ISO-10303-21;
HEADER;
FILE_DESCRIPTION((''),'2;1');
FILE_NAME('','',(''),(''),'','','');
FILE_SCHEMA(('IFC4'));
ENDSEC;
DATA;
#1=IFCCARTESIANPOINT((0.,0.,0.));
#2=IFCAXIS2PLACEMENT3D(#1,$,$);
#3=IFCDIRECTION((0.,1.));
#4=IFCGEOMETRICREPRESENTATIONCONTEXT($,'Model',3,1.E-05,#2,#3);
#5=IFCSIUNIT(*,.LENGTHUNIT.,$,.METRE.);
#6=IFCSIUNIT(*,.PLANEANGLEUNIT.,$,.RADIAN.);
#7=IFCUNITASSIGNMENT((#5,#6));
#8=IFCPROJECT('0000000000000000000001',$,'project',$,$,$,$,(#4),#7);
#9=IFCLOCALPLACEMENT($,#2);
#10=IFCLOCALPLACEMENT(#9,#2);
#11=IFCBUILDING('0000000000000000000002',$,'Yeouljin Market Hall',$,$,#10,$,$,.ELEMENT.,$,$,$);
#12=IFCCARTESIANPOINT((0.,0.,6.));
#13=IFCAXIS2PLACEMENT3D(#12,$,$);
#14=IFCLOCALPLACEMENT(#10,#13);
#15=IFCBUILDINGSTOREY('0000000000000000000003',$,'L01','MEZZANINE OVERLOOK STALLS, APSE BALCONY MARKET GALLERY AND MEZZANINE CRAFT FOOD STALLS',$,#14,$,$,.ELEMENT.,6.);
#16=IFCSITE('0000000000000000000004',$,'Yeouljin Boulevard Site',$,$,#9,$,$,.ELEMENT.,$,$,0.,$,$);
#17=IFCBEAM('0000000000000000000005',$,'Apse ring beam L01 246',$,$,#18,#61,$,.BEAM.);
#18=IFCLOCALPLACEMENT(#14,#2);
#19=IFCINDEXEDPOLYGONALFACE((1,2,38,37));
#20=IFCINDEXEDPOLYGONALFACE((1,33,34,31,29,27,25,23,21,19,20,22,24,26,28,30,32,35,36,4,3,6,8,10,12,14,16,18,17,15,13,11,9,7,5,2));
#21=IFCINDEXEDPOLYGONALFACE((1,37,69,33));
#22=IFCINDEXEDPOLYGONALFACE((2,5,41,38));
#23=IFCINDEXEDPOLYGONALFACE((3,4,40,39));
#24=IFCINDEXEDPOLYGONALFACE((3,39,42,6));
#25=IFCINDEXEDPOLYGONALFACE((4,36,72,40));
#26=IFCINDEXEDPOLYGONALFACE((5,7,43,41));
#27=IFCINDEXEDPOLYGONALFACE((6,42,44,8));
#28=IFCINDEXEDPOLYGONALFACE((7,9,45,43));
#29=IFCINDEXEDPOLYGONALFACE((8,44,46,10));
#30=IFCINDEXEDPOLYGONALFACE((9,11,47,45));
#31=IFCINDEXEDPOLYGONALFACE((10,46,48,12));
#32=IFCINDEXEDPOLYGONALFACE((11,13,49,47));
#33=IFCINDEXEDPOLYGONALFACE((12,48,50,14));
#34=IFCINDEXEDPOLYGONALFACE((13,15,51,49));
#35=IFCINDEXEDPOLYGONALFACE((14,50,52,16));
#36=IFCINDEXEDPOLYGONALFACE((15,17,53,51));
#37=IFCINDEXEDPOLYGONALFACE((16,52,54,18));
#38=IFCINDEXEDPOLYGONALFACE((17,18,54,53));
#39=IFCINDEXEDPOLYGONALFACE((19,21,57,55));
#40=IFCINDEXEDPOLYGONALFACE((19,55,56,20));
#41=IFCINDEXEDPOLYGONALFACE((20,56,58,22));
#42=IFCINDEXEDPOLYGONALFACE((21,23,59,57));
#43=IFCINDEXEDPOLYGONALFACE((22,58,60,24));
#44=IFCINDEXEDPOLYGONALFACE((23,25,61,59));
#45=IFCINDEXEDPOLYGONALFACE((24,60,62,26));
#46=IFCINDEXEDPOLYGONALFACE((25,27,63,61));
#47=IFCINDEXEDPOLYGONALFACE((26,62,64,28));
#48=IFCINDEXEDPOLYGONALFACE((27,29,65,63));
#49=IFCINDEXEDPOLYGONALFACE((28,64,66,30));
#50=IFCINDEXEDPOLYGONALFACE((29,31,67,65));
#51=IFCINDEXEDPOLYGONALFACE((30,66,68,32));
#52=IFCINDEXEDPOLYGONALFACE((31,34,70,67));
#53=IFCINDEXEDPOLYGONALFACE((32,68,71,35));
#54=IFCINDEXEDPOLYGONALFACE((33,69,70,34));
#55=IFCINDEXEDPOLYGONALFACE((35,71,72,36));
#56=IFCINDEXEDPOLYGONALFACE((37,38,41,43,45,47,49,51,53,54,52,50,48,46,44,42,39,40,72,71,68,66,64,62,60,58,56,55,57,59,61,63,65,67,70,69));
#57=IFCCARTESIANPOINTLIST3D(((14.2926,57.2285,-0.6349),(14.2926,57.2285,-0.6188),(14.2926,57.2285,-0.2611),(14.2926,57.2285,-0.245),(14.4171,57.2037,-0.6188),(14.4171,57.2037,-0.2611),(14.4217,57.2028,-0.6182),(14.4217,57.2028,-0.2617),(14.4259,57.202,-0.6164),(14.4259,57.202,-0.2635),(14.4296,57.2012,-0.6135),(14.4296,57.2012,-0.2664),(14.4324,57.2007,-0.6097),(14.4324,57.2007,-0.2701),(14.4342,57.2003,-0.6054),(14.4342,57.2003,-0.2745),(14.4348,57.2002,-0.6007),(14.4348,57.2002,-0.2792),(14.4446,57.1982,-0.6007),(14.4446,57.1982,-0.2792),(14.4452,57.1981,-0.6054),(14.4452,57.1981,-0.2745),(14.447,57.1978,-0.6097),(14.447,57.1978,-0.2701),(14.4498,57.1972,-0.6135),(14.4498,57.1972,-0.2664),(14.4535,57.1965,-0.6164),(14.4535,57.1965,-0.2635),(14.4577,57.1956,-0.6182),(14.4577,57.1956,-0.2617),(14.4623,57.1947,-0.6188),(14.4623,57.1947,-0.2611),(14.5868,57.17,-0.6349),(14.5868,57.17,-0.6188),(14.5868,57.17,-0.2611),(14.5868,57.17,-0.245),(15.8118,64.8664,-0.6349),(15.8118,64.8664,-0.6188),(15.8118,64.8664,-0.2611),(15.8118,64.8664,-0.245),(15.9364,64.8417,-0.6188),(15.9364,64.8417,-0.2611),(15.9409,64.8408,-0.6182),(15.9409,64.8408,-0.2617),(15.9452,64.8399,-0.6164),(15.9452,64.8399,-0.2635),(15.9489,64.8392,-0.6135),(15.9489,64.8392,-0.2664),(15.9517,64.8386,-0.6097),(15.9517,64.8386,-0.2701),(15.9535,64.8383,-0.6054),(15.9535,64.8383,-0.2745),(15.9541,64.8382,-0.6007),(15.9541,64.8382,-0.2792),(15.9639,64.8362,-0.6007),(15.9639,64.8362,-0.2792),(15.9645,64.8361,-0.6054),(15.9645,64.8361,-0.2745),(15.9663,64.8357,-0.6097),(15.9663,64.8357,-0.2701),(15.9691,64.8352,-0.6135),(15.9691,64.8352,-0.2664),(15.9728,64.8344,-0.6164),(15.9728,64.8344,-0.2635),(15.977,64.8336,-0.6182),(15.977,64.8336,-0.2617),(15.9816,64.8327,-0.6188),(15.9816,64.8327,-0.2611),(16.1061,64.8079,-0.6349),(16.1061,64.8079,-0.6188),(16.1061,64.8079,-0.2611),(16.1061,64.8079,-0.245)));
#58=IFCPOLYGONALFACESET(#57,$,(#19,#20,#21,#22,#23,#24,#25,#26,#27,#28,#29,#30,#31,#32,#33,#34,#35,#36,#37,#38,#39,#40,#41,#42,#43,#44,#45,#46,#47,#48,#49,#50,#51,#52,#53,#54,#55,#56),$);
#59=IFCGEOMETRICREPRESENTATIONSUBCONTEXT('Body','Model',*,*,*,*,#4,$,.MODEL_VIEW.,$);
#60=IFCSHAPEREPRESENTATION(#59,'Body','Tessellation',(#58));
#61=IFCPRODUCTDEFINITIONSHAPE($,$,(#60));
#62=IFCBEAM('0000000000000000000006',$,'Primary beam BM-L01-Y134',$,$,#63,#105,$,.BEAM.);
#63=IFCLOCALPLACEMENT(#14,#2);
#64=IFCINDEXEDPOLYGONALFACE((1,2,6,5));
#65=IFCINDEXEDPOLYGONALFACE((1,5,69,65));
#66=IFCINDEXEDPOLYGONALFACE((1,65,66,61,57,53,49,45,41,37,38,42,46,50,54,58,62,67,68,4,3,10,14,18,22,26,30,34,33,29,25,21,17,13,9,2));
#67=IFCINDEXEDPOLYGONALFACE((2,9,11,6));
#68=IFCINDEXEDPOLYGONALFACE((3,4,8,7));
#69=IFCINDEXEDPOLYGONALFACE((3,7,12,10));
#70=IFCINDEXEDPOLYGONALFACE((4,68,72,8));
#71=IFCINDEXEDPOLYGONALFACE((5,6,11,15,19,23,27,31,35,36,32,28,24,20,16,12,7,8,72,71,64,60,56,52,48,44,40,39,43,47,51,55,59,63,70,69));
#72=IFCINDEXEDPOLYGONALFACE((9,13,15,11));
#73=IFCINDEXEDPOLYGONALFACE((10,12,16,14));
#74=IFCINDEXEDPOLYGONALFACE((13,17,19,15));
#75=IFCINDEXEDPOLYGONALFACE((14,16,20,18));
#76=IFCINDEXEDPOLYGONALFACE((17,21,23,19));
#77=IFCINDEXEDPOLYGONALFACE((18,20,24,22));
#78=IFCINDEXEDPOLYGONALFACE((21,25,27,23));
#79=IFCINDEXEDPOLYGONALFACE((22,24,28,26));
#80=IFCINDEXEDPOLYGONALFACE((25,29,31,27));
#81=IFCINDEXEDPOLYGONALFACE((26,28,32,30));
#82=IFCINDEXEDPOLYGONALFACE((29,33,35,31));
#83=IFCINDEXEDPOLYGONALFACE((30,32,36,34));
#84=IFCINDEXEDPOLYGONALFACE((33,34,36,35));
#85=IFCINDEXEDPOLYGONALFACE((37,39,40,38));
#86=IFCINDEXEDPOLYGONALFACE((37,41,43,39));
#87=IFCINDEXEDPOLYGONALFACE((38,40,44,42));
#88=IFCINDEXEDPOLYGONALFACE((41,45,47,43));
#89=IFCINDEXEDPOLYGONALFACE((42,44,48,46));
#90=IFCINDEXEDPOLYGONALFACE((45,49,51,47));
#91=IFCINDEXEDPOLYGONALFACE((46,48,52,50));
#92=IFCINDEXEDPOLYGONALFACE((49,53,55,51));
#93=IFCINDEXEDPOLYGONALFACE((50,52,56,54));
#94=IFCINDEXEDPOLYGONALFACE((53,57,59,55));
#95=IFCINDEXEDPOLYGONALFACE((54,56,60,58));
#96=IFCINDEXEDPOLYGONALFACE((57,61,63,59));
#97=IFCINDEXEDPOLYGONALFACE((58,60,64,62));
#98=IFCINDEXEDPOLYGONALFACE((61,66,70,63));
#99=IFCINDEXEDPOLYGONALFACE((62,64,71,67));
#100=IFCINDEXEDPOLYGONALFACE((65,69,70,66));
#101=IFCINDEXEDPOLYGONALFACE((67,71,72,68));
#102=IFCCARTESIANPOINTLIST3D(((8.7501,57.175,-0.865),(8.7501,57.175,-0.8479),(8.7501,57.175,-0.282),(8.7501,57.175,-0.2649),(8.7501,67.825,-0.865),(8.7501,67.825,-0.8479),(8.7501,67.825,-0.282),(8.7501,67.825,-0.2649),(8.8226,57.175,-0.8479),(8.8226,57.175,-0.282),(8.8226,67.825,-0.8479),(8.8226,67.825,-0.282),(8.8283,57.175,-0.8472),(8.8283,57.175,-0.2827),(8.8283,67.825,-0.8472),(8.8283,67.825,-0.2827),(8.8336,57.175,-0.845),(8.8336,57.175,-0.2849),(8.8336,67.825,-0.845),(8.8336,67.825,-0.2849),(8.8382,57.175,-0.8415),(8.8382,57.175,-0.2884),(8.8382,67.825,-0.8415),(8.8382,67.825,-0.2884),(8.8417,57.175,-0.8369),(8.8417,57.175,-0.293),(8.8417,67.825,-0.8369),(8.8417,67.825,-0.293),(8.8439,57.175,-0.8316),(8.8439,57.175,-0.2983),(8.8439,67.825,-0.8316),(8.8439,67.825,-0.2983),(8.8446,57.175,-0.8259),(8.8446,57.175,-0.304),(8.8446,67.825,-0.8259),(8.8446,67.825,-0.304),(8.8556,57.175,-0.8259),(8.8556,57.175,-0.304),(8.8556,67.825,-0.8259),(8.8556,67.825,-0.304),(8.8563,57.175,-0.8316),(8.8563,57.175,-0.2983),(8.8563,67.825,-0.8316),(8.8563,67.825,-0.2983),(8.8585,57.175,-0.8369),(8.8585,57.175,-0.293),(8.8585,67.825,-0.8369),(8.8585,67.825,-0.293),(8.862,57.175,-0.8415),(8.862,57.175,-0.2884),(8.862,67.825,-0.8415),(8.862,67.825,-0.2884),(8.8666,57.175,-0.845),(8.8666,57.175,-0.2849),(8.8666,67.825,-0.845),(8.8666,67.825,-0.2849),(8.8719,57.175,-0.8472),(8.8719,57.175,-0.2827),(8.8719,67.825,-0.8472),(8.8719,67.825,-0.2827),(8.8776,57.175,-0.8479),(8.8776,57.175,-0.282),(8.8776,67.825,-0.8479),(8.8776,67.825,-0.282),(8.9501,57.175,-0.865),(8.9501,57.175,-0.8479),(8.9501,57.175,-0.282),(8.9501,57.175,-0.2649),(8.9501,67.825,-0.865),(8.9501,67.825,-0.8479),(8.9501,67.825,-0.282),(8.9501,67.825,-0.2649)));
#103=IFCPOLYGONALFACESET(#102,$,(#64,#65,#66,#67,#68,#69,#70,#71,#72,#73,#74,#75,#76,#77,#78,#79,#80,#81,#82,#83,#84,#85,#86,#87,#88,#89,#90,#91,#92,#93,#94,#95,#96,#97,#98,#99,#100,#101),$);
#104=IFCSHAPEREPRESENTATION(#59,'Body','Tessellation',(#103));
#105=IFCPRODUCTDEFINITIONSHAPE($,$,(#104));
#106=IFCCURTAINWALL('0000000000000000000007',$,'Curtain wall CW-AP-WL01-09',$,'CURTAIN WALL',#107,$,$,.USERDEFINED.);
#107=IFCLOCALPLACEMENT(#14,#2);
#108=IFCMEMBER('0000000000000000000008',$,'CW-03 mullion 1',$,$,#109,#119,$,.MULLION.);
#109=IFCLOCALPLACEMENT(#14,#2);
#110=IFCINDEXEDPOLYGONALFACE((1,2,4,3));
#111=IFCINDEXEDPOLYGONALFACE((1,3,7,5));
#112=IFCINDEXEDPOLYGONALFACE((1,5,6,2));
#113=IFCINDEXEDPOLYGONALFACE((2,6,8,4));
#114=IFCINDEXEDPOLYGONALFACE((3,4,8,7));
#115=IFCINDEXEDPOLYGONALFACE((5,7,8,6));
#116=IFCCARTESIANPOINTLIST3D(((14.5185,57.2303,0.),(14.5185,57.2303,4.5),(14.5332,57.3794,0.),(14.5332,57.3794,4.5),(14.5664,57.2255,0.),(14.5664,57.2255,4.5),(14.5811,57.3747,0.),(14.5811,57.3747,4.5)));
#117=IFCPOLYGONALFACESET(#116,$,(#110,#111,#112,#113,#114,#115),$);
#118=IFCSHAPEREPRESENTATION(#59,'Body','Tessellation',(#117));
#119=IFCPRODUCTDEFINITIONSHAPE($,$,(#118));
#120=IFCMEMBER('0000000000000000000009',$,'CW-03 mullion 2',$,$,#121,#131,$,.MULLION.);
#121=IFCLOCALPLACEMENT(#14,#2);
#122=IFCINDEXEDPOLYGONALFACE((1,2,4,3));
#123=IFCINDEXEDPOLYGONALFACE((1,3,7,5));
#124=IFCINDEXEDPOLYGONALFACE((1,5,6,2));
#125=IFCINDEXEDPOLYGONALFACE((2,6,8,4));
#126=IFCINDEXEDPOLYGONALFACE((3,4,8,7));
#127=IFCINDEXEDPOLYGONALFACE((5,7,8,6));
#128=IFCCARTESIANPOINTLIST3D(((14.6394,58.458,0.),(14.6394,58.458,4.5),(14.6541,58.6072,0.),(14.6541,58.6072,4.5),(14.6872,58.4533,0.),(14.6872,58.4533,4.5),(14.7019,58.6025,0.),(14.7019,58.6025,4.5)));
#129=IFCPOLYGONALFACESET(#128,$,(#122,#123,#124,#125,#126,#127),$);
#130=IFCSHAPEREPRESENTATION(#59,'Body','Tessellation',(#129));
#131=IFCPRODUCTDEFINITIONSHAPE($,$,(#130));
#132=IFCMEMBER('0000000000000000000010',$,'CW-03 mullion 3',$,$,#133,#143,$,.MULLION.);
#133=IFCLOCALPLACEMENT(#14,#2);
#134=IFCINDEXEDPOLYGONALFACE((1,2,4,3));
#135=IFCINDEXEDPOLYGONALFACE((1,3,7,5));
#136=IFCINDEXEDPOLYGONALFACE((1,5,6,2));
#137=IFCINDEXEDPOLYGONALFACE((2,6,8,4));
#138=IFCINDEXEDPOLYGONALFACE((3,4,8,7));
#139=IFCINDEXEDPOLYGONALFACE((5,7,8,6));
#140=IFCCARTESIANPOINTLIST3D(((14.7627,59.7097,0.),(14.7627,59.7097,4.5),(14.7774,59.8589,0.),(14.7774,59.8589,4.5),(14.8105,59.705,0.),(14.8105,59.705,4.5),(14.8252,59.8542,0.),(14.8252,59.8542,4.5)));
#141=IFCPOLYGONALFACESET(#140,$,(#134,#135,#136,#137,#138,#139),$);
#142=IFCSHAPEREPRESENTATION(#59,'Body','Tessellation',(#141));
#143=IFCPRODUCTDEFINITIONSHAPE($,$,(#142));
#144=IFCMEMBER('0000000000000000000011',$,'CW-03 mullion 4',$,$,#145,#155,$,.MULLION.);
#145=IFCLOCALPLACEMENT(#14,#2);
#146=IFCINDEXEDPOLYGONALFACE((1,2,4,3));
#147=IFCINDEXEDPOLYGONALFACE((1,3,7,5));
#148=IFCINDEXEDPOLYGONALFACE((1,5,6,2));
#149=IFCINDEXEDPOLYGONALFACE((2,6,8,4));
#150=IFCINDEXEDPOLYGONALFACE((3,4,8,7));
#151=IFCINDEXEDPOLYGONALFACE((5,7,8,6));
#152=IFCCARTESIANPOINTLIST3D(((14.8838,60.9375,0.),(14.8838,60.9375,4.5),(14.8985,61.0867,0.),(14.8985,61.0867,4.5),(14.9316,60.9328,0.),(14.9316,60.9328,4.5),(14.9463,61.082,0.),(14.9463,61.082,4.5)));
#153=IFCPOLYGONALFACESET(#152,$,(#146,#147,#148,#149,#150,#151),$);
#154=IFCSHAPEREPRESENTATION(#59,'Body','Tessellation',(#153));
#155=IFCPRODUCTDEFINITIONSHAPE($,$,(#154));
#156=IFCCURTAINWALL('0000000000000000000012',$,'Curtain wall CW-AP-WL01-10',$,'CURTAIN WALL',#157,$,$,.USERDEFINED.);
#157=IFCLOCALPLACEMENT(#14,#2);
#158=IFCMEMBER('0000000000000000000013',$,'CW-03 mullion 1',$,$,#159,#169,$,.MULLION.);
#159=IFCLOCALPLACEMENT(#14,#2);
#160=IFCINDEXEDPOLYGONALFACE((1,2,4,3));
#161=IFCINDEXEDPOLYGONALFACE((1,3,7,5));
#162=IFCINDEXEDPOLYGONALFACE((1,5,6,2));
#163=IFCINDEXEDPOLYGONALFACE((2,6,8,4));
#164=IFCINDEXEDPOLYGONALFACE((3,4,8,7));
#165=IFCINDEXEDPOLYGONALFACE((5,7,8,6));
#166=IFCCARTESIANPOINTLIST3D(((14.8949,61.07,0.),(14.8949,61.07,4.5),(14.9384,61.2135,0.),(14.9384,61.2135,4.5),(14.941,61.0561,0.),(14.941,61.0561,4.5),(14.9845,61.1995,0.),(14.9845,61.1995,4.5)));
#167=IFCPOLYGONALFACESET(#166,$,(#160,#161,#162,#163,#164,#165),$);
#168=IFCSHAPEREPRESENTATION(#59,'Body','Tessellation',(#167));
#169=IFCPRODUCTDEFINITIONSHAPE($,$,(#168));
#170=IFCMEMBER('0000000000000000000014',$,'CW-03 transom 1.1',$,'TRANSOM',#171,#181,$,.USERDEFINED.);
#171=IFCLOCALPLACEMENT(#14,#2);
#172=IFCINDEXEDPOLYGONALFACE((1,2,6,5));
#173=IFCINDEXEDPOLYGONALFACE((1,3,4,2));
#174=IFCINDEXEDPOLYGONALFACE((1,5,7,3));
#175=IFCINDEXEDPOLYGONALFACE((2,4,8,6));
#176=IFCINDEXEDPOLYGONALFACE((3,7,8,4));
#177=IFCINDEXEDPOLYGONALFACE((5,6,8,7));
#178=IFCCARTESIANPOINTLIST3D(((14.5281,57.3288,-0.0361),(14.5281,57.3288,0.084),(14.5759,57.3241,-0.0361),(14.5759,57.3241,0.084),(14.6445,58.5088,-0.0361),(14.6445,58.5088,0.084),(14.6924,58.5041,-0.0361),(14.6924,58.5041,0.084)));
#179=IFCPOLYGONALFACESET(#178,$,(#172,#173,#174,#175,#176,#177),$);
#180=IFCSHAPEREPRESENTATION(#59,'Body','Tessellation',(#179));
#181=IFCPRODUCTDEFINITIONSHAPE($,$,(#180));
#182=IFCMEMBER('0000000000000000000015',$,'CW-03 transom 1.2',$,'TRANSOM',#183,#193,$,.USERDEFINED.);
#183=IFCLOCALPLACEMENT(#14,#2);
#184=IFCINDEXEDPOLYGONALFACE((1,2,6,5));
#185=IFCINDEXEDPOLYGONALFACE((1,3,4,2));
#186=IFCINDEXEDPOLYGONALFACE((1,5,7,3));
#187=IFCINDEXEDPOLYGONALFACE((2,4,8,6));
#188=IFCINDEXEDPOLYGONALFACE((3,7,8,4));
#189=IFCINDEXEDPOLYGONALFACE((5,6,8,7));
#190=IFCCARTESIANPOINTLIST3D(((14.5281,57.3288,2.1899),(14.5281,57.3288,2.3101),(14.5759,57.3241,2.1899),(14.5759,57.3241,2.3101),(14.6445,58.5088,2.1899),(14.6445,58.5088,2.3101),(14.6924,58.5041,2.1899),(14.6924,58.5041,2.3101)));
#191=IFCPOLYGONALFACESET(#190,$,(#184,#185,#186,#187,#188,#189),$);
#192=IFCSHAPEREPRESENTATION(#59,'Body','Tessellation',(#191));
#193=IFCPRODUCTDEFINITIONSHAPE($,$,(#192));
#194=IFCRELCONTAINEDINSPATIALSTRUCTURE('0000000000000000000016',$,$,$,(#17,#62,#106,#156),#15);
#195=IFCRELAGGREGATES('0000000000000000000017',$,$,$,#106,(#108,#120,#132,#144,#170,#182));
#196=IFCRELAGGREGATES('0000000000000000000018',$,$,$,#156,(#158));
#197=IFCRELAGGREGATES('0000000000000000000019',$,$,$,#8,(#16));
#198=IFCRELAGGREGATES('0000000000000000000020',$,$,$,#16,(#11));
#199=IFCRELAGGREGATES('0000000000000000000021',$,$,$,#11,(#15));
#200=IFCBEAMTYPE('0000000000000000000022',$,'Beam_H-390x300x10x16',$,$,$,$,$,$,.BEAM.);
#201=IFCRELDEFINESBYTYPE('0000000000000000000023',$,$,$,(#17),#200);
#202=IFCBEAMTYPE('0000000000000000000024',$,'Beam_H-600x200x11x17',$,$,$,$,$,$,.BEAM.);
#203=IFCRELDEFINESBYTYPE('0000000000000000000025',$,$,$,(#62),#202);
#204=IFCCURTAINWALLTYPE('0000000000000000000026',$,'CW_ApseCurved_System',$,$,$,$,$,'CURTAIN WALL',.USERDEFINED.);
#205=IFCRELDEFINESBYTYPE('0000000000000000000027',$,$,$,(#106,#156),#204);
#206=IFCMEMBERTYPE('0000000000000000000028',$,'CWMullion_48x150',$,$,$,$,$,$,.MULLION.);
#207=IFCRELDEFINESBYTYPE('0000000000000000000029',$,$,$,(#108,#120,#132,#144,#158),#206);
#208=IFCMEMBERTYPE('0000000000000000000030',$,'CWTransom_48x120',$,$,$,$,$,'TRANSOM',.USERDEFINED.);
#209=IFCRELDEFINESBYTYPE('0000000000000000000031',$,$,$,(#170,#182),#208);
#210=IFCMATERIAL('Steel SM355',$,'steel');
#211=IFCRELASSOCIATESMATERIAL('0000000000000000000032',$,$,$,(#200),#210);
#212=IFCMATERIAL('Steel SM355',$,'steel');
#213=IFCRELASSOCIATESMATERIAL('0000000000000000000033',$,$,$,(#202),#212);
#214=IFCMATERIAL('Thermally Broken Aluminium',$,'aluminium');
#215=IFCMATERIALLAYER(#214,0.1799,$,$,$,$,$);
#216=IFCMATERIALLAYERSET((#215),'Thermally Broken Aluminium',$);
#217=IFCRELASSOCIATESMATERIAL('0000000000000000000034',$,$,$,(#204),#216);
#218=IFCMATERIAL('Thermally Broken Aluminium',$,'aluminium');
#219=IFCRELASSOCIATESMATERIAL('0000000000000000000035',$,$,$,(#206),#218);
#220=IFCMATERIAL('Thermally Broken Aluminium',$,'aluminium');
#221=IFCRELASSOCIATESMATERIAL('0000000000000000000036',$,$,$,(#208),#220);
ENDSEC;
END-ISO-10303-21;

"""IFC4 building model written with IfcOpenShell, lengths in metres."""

from ifc_helpers import new_model, si_unit, direction, frame, origin, origin_2d, place, context, subcontext, project, spatial, rectangle, i_section, extrude, material, layer, layer_set, material_profile, profile_set, type_object, element, aggregate, save


model = new_model("IFC4")

# Units and contexts
model_context = context("Model", 3, precision=1e-05, world=origin(), true_north=direction((0.0, 1.0)))
body_context = subcontext(model_context, "Body", "Model", "MODEL_VIEW")
ifc_project = project(units=[si_unit("LENGTHUNIT", "METRE"), si_unit("PLANEANGLEUNIT", "RADIAN")], contexts=[model_context])

# Site, building, storey
site_placement = place(None, origin())
site = spatial("IfcSite", under=ifc_project, at=site_placement, Name="Yeouljin Boulevard Site", CompositionType="ELEMENT", RefElevation=0.0)
building_placement = place(site_placement, origin())
building = spatial("IfcBuilding", under=site, at=building_placement, Name="Yeouljin Market Hall", CompositionType="ELEMENT")
storey_placement = place(building_placement, frame((0.0, 0.0, 6.0)))
storey = spatial("IfcBuildingStorey", under=building, at=storey_placement, Name="L01", Description="MEZZANINE OVERLOOK STALLS, APSE BALCONY MARKET GALLERY AND MEZZANINE CRAFT FOOD STALLS", CompositionType="ELEMENT", Elevation=6.0)

# Beams
ifc_material_1 = material(Name="Steel SM355", Category="steel")
ifc_material_profile_1 = material_profile(ifc_material_1, i_section(OverallWidth=0.3, OverallDepth=0.3899, WebThickness=0.01, FlangeThickness=0.0161, FilletRadius=0.0181, at=origin_2d()), Name="H-390x300x10x16")
ifc_profile_set_1 = profile_set([ifc_material_profile_1], Name="Steel SM355")
beam_type_1 = type_object("IfcBeamType", Name="Beam_H-390x300x10x16", PredefinedType="BEAM", material=ifc_profile_set_1)
beam_1_placement = place(storey_placement, frame((14.4397, 57.1992, -0.4399), z_axis=(0.195091, 0.980785, 0.0), x_axis=(-0.980785, 0.195091, 0.0)))
element("IfcBeam", 1, at=beam_1_placement, inside=storey, type_object=beam_type_1, Name="Apse ring beam L01 246", PredefinedType="BEAM", context=body_context, shape_type="SweptSolid", body=[
    extrude(i_section(OverallWidth=0.3, OverallDepth=0.3899, WebThickness=0.01, FlangeThickness=0.0161, FilletRadius=0.0181, at=origin_2d()), origin(), (0.0, 0.0, 1.0), 7.7876),
])
ifc_material_2 = material(Name="Steel SM355", Category="steel")
ifc_material_profile_2 = material_profile(ifc_material_2, i_section(OverallWidth=0.2, OverallDepth=0.6001, WebThickness=0.011, FlangeThickness=0.0171, FilletRadius=0.022, at=origin_2d()), Name="H-600x200x11x17")
ifc_profile_set_2 = profile_set([ifc_material_profile_2], Name="Steel SM355")
beam_type_2 = type_object("IfcBeamType", Name="Beam_H-600x200x11x17", PredefinedType="BEAM", material=ifc_profile_set_2)
beam_2_placement = place(storey_placement, frame((8.8501, 57.175, -0.5649), z_axis=(0.0, 1.0, 0.0), x_axis=(-1.0, 0.0, 0.0)))
element("IfcBeam", 2, at=beam_2_placement, inside=storey, type_object=beam_type_2, Name="Primary beam BM-L01-Y134", PredefinedType="BEAM", context=body_context, shape_type="SweptSolid", body=[
    extrude(i_section(OverallWidth=0.2, OverallDepth=0.6001, WebThickness=0.011, FlangeThickness=0.0171, FilletRadius=0.022, at=origin_2d()), origin(), (0.0, 0.0, 1.0), 10.6499),
])

# Curtain wall, members
ifc_material_3 = material(Name="Thermally Broken Aluminium", Category="aluminium")
ifc_layer_1 = layer(ifc_material_3, 0.1799)
ifc_layer_set_1 = layer_set([ifc_layer_1], Name="Thermally Broken Aluminium")
curtain_wall_type = type_object("IfcCurtainWallType", Name="CW_ApseCurved_System", ElementType="CURTAIN WALL", PredefinedType="USERDEFINED", material=ifc_layer_set_1)
curtain_wall_1_placement = place(storey_placement, origin())
curtain_wall_1 = element("IfcCurtainWall", 3, at=curtain_wall_1_placement, inside=storey, type_object=curtain_wall_type, Name="Curtain wall CW-AP-WL01-09", ObjectType="CURTAIN WALL", PredefinedType="USERDEFINED")
ifc_material_4 = material(Name="Thermally Broken Aluminium", Category="aluminium")
ifc_material_profile_3 = material_profile(ifc_material_4, rectangle(XDim=0.0481, YDim=0.1499, at=origin_2d()), Name="CW-MULL-48x150")
ifc_profile_set_3 = profile_set([ifc_material_profile_3], Name="Thermally Broken Aluminium")
member_type_1 = type_object("IfcMemberType", Name="CWMullion_48x150", PredefinedType="MULLION", material=ifc_profile_set_3)
member_1_placement = place(storey_placement, frame((14.5498, 57.3025, 0.0), z_axis=(0.0, 0.0, 1.0), x_axis=(-0.995183, 0.098034, 0.0)))
member_1 = element("IfcMember", 4, at=member_1_placement, type_object=member_type_1, Name="CW-03 mullion 1", PredefinedType="MULLION", context=body_context, shape_type="SweptSolid", body=[
    extrude(rectangle(XDim=0.0481, YDim=0.1499, at=origin_2d()), origin(), (0.0, 0.0, 1.0), 4.5),
])
member_2_placement = place(storey_placement, frame((14.6707, 58.5303, 0.0), z_axis=(0.0, 0.0, 1.0), x_axis=(-0.995183, 0.098034, 0.0)))
member_2 = element("IfcMember", 5, at=member_2_placement, type_object=member_type_1, Name="CW-03 mullion 2", PredefinedType="MULLION", context=body_context, shape_type="SweptSolid", body=[
    extrude(rectangle(XDim=0.0481, YDim=0.1499, at=origin_2d()), origin(), (0.0, 0.0, 1.0), 4.5),
])
member_3_placement = place(storey_placement, frame((14.7939, 59.782, 0.0), z_axis=(0.0, 0.0, 1.0), x_axis=(-0.995183, 0.098034, 0.0)))
member_3 = element("IfcMember", 6, at=member_3_placement, type_object=member_type_1, Name="CW-03 mullion 3", PredefinedType="MULLION", context=body_context, shape_type="SweptSolid", body=[
    extrude(rectangle(XDim=0.0481, YDim=0.1499, at=origin_2d()), origin(), (0.0, 0.0, 1.0), 4.5),
])
member_4_placement = place(storey_placement, frame((14.915, 61.0098, 0.0), z_axis=(0.0, 0.0, 1.0), x_axis=(-0.995183, 0.098034, 0.0)))
member_4 = element("IfcMember", 7, at=member_4_placement, type_object=member_type_1, Name="CW-03 mullion 4", PredefinedType="MULLION", context=body_context, shape_type="SweptSolid", body=[
    extrude(rectangle(XDim=0.0481, YDim=0.1499, at=origin_2d()), origin(), (0.0, 0.0, 1.0), 4.5),
])

# Curtain wall, member
curtain_wall_2_placement = place(storey_placement, origin())
curtain_wall_2 = element("IfcCurtainWall", 8, at=curtain_wall_2_placement, inside=storey, type_object=curtain_wall_type, Name="Curtain wall CW-AP-WL01-10", ObjectType="CURTAIN WALL", PredefinedType="USERDEFINED")
member_5_placement = place(storey_placement, frame((14.9397, 61.1348, 0.0), z_axis=(0.0, 0.0, 1.0), x_axis=(-0.95694, 0.290286, 0.0)))
member_5 = element("IfcMember", 9, at=member_5_placement, type_object=member_type_1, Name="CW-03 mullion 1", PredefinedType="MULLION", context=body_context, shape_type="SweptSolid", body=[
    extrude(rectangle(XDim=0.0481, YDim=0.1499, at=origin_2d()), origin(), (0.0, 0.0, 1.0), 4.5),
])

# Members
ifc_material_5 = material(Name="Thermally Broken Aluminium", Category="aluminium")
ifc_material_profile_4 = material_profile(ifc_material_5, rectangle(XDim=0.0481, YDim=0.1201, at=origin_2d()), Name="CW-TRAN-48x120")
ifc_profile_set_4 = profile_set([ifc_material_profile_4], Name="Thermally Broken Aluminium")
member_type_2 = type_object("IfcMemberType", Name="CWTransom_48x120", ElementType="TRANSOM", PredefinedType="USERDEFINED", material=ifc_profile_set_4)
member_6_placement = place(storey_placement, frame((14.552, 57.3264, 0.0239), z_axis=(0.098199, 0.995167, 0.0), x_axis=(-0.995167, 0.098199, 0.0)))
member_6 = element("IfcMember", 10, at=member_6_placement, type_object=member_type_2, Name="CW-03 transom 1.1", ObjectType="TRANSOM", PredefinedType="USERDEFINED", context=body_context, shape_type="SweptSolid", body=[
    extrude(rectangle(XDim=0.0481, YDim=0.1201, at=origin_2d()), origin(), (0.0, 0.0, 1.0), 1.1858),
])
member_7_placement = place(storey_placement, frame((14.552, 57.3264, 2.25), z_axis=(0.098199, 0.995167, 0.0), x_axis=(-0.995167, 0.098199, 0.0)))
member_7 = element("IfcMember", 11, at=member_7_placement, type_object=member_type_2, Name="CW-03 transom 1.2", ObjectType="TRANSOM", PredefinedType="USERDEFINED", context=body_context, shape_type="SweptSolid", body=[
    extrude(rectangle(XDim=0.0481, YDim=0.1201, at=origin_2d()), origin(), (0.0, 0.0, 1.0), 1.1858),
])

aggregate(curtain_wall_1, [member_1, member_2, member_3, member_4, member_6, member_7])
aggregate(curtain_wall_2, [member_5])

save(model, "model.ifc")
